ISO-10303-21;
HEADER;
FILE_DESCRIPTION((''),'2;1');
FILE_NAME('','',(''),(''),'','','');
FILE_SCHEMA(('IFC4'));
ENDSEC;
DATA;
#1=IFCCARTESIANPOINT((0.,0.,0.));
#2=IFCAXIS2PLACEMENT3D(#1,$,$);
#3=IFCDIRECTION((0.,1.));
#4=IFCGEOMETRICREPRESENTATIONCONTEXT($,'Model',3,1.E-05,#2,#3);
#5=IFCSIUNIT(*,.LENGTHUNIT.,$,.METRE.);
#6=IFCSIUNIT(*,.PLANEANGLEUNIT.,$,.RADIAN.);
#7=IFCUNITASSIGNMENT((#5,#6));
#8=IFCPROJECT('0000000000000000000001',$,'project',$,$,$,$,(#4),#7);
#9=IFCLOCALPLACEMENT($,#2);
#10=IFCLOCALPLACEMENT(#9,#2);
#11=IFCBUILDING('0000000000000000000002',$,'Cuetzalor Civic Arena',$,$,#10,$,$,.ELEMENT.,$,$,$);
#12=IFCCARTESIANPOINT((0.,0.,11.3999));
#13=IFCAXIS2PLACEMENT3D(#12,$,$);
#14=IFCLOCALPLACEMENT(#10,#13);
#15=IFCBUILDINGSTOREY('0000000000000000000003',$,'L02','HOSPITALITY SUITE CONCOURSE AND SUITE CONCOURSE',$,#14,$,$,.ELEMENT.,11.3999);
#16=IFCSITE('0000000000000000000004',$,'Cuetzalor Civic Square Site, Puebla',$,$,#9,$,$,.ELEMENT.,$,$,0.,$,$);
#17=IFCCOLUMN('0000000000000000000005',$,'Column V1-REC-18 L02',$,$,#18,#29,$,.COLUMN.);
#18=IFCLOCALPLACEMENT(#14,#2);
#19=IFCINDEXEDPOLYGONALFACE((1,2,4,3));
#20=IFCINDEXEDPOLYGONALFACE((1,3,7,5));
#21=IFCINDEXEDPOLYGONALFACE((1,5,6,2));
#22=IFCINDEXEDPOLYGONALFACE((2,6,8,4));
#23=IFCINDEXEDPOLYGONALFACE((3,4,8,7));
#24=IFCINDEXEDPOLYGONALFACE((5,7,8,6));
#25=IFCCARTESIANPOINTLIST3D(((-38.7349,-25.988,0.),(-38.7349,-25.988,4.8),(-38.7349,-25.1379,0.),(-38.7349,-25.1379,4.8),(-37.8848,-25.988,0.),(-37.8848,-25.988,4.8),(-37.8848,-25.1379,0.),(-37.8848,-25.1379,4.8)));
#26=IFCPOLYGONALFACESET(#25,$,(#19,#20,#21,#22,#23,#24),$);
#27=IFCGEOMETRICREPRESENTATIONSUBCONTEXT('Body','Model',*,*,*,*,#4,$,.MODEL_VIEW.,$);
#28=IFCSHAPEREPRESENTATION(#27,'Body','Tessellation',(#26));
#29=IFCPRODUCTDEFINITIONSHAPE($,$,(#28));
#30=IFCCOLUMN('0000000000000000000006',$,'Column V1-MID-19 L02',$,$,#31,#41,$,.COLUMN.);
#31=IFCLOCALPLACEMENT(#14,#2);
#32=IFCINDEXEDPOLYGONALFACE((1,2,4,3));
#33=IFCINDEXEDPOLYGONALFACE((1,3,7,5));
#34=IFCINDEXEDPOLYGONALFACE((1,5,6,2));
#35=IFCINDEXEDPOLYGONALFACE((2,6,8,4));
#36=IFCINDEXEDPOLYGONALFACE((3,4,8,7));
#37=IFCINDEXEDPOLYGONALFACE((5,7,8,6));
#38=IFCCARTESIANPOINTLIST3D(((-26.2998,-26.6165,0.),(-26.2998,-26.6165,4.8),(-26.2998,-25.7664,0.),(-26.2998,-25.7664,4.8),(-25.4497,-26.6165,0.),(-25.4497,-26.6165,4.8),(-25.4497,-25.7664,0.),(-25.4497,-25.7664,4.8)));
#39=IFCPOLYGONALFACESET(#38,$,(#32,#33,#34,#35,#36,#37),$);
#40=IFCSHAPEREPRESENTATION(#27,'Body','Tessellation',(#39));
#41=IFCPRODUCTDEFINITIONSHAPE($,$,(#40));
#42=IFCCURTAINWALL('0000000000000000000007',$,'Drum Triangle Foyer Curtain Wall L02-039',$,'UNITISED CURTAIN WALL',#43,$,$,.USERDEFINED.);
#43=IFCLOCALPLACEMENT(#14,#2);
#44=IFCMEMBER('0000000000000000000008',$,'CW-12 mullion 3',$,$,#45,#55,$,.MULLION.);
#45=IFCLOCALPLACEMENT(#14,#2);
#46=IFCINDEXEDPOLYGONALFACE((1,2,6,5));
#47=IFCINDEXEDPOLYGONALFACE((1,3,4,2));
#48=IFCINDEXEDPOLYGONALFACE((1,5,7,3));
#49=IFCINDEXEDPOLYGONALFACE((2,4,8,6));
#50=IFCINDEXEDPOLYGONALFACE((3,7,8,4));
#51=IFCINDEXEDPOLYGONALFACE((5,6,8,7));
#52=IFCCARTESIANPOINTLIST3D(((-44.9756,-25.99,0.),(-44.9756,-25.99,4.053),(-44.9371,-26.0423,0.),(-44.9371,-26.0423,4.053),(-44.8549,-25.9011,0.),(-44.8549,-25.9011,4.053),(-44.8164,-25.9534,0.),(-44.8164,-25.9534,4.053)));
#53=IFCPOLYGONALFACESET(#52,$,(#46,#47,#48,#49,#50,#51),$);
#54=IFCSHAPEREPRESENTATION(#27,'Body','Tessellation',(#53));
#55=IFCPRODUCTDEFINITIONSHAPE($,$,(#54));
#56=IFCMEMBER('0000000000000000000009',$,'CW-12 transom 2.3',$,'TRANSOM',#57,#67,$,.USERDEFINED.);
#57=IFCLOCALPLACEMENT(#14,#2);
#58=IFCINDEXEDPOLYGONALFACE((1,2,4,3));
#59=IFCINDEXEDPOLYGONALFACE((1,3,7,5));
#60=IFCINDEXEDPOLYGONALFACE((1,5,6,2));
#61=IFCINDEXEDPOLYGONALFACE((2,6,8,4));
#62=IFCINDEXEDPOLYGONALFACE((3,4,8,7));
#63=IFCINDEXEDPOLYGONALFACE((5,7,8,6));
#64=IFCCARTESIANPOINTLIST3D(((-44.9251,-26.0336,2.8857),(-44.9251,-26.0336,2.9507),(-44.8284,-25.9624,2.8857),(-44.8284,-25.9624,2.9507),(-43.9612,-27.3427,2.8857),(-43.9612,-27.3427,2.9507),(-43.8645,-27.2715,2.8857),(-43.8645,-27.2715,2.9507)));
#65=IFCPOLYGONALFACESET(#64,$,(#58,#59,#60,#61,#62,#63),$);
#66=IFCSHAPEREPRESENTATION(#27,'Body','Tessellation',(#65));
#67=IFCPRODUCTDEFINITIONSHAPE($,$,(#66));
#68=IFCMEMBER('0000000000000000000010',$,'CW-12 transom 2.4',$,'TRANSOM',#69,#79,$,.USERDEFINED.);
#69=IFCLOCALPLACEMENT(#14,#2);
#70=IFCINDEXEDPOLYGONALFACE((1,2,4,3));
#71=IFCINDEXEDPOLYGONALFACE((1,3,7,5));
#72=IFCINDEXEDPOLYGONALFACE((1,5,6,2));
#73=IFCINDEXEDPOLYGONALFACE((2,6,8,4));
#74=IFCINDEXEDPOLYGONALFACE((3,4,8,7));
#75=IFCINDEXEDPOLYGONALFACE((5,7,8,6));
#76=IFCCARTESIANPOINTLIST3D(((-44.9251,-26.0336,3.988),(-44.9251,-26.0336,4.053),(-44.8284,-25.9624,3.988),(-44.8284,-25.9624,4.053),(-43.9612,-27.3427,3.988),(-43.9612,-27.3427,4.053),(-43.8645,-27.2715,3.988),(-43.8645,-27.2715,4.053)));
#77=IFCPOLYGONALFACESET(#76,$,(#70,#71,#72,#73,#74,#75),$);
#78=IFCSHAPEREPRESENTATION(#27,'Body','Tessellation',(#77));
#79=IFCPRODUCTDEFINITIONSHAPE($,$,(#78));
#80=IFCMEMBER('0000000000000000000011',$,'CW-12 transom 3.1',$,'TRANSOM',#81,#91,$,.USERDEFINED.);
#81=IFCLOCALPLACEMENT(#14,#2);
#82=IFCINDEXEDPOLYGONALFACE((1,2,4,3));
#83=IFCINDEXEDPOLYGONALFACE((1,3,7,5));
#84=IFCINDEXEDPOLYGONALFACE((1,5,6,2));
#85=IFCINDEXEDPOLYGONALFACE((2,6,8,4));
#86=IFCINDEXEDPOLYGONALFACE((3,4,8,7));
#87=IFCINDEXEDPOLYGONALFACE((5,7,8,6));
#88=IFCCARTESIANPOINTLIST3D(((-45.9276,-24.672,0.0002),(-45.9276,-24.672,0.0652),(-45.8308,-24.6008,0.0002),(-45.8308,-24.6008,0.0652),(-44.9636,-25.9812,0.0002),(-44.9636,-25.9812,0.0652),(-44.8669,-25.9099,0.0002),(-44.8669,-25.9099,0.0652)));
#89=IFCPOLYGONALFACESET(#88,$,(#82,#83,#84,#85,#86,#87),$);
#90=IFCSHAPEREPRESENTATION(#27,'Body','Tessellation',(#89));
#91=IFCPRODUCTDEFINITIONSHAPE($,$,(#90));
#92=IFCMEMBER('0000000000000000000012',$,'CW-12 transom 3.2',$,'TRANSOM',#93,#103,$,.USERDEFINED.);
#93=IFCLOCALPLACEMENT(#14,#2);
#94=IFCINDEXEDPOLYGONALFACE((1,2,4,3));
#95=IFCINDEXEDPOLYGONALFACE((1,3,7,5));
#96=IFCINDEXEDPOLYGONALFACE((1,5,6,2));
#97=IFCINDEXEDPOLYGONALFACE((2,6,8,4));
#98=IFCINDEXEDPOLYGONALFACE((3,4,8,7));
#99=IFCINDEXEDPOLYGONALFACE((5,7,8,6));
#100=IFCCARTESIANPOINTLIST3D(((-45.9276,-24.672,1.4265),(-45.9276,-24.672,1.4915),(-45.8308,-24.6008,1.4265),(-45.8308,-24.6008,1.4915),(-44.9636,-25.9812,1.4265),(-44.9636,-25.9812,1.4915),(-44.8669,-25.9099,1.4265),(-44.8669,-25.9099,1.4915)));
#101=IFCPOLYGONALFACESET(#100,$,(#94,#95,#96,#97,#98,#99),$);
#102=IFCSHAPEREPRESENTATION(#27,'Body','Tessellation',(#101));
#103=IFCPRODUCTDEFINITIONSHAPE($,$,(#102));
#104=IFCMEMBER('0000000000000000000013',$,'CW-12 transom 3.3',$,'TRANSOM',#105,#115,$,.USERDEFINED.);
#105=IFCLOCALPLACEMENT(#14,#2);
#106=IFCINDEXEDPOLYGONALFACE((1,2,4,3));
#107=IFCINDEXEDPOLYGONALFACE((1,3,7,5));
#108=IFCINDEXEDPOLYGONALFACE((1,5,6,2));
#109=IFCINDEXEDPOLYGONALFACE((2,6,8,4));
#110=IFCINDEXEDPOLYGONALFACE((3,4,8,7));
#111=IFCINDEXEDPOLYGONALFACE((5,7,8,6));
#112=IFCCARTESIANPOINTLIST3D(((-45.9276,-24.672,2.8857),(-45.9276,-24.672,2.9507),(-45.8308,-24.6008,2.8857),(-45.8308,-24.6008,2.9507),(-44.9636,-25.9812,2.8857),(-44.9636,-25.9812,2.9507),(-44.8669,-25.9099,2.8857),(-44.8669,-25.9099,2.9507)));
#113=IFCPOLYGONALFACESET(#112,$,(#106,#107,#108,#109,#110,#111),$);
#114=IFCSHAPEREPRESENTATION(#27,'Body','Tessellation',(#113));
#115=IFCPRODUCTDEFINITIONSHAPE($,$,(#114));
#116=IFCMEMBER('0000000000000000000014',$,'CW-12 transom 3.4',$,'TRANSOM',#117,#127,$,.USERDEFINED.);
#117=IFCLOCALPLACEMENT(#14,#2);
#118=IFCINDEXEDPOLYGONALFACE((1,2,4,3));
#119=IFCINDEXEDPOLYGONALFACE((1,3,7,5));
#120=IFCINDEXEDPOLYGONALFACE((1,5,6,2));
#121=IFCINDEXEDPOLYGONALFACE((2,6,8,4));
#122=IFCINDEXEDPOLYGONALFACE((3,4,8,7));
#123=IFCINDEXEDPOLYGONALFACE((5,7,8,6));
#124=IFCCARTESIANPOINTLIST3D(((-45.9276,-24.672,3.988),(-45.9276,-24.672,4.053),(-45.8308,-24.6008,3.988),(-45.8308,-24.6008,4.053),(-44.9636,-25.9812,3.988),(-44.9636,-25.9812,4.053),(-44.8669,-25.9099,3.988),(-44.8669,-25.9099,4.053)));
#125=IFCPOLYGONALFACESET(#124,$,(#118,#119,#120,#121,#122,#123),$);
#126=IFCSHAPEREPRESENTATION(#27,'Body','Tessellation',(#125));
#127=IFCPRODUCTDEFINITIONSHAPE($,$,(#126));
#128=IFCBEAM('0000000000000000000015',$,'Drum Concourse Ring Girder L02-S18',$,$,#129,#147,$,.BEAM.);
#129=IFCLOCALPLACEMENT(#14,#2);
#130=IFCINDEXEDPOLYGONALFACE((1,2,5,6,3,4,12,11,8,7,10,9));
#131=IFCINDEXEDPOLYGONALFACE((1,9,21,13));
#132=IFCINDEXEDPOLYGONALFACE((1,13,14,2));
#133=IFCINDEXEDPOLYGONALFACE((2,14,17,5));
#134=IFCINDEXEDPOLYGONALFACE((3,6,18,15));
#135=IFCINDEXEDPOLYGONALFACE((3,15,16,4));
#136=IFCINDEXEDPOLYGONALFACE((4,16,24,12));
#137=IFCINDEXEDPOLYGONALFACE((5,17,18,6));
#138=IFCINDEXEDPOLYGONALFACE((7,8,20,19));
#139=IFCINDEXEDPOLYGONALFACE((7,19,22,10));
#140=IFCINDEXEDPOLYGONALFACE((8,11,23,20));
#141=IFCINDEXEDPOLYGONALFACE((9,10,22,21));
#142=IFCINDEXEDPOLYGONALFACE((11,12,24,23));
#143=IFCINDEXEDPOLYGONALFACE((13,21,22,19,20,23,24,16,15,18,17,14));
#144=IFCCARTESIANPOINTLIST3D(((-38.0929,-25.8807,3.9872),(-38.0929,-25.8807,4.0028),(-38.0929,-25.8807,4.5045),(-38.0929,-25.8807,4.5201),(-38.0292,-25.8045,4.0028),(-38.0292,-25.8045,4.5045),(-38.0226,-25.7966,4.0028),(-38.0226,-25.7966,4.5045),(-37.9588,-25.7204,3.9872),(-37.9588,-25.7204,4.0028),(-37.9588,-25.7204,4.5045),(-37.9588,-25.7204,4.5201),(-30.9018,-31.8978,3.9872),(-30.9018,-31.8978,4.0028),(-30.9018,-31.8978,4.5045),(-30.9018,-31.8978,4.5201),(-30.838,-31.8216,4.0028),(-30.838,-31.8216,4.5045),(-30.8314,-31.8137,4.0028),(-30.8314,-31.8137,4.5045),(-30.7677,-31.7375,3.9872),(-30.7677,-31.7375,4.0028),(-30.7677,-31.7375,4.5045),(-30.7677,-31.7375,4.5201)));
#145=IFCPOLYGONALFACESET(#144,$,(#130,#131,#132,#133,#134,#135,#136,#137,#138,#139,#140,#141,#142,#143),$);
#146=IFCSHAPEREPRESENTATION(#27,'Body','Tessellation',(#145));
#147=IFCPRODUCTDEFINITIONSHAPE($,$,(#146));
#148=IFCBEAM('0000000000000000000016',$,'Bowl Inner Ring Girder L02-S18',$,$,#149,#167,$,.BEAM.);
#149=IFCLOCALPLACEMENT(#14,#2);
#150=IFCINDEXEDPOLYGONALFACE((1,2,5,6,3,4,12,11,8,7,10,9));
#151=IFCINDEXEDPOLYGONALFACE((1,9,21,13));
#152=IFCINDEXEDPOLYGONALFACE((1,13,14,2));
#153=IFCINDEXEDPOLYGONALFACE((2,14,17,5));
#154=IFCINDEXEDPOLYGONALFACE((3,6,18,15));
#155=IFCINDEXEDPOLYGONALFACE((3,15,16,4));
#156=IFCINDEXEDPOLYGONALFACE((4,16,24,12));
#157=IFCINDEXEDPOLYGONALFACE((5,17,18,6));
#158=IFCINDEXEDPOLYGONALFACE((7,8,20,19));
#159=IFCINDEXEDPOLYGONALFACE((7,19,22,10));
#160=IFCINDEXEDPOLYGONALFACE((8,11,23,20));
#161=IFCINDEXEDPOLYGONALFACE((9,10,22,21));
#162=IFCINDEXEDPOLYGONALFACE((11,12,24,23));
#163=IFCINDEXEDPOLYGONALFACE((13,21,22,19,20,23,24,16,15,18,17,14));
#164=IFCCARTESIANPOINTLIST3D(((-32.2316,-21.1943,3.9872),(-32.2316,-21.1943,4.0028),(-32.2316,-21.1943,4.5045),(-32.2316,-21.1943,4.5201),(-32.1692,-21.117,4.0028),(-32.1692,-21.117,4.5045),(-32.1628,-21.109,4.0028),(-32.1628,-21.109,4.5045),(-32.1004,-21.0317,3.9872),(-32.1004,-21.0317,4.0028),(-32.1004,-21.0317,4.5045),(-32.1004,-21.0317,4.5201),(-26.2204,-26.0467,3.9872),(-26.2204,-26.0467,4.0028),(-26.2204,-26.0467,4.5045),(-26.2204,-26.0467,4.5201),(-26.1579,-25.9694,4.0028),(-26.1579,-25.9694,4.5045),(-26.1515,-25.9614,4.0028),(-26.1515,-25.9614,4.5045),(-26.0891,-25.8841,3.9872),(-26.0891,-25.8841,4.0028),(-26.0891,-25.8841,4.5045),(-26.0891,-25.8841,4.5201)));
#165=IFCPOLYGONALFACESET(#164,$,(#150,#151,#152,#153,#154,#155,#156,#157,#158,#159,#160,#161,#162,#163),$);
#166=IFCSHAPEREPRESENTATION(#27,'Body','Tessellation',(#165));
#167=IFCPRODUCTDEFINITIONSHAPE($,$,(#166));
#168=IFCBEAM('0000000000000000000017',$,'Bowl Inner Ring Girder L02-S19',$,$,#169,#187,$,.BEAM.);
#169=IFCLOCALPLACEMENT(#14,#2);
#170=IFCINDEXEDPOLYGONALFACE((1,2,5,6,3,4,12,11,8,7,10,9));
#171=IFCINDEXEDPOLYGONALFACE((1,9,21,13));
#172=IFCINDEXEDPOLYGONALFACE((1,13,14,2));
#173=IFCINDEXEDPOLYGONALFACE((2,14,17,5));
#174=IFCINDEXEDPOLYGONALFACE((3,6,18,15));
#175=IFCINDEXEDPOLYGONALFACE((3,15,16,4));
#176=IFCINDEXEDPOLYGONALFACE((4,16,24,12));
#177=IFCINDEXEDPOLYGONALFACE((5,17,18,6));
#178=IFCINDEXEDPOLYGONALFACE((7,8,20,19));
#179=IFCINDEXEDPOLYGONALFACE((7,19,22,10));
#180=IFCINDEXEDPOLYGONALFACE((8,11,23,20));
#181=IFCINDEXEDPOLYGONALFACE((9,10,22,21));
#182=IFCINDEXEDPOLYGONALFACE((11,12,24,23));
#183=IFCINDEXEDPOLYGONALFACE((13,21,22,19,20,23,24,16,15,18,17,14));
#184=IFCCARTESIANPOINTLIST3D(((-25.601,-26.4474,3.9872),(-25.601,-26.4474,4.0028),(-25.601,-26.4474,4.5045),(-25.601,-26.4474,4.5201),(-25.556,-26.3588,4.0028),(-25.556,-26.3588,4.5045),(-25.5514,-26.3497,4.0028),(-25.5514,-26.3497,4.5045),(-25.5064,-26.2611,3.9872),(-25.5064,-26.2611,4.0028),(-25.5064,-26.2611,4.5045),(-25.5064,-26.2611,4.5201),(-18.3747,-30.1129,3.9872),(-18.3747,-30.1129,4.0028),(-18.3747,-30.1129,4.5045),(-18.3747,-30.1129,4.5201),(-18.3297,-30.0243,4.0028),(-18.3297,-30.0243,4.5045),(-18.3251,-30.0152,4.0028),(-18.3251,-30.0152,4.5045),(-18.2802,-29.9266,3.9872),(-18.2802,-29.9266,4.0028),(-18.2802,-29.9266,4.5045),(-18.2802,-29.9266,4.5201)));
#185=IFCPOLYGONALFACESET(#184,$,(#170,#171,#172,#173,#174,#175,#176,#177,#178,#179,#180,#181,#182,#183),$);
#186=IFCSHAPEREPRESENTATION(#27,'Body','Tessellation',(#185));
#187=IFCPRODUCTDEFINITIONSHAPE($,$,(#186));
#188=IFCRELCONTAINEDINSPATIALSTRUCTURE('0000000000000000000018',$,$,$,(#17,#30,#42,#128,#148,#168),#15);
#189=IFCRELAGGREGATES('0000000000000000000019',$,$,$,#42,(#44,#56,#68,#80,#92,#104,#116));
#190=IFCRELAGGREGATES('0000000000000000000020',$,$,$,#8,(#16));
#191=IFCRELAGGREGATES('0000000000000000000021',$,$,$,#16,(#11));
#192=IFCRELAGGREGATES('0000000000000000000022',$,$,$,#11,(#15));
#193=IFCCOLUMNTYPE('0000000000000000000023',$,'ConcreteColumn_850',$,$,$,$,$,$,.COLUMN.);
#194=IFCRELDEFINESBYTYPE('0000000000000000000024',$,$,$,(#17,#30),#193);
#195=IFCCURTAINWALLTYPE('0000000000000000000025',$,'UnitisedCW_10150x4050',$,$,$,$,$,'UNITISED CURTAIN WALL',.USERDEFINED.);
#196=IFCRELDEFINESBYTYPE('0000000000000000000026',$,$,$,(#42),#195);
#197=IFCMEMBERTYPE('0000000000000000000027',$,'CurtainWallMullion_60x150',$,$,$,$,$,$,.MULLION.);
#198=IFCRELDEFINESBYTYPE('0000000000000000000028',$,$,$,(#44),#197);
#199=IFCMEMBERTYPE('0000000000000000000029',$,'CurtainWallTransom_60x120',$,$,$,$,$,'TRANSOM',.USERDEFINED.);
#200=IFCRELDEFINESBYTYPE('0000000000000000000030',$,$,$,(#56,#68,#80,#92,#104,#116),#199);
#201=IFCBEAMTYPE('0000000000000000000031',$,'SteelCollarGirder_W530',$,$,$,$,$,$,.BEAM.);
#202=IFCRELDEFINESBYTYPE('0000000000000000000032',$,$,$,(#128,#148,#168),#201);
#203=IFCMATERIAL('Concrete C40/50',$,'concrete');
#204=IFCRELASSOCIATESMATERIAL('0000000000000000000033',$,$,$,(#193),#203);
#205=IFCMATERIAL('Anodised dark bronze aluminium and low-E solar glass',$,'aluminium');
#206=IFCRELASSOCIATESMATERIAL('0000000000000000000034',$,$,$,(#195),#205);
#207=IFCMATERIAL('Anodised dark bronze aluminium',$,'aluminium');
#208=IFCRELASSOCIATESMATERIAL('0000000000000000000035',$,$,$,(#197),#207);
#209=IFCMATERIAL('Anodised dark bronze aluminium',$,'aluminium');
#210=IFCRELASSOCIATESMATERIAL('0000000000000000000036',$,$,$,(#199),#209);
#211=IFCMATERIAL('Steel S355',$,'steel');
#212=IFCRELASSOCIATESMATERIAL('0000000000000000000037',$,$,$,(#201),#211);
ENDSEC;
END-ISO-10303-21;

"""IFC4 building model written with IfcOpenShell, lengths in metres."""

from ifc_helpers import new_model, si_unit, direction, frame, origin, origin_2d, place, context, subcontext, project, spatial, rectangle, i_section, extrude, material, material_profile, profile_set, type_object, element, aggregate, save


model = new_model("IFC4")

# Units and contexts
model_context = context("Model", 3, precision=1e-05, world=origin(), true_north=direction((0.0, 1.0)))
body_context = subcontext(model_context, "Body", "Model", "MODEL_VIEW")
ifc_project = project(units=[si_unit("LENGTHUNIT", "METRE"), si_unit("PLANEANGLEUNIT", "RADIAN")], contexts=[model_context])

# Site, building, storey
site_placement = place(None, origin())
site = spatial("IfcSite", under=ifc_project, at=site_placement, Name="Cuetzalor Civic Square Site, Puebla", CompositionType="ELEMENT", RefElevation=0.0)
building_placement = place(site_placement, origin())
building = spatial("IfcBuilding", under=site, at=building_placement, Name="Cuetzalor Civic Arena", CompositionType="ELEMENT")
storey_placement = place(building_placement, frame((0.0, 0.0, 11.3999)))
storey = spatial("IfcBuildingStorey", under=building, at=storey_placement, Name="L02", Description="HOSPITALITY SUITE CONCOURSE AND SUITE CONCOURSE", CompositionType="ELEMENT", Elevation=11.3999)

# Columns
ifc_material_1 = material(Name="Concrete C40/50", Category="concrete")
ifc_material_profile_1 = material_profile(ifc_material_1, rectangle(XDim=0.8501, YDim=0.8501, at=origin_2d()), Name="RC 850x850")
ifc_profile_set_1 = profile_set([ifc_material_profile_1], Name="Concrete C40/50")
column_type = type_object("IfcColumnType", Name="ConcreteColumn_850", PredefinedType="COLUMN", material=ifc_profile_set_1)
for number, where, z_axis, x_axis, name in (
    (1, (-38.3098, -25.563, 0.0), (0.0, 0.0, 1.0), (1.0, 0.0, 0.0), "Column V1-REC-18 L02"),
    (2, (-25.8748, -26.1914, 0.0), (0.0, 0.0, 1.0), (1.0, 0.0, 0.0), "Column V1-MID-19 L02"),
):
    element("IfcColumn", number, at=place(storey_placement, frame(where, z_axis=z_axis, x_axis=x_axis)), inside=storey, type_object=column_type, Name=name, PredefinedType="COLUMN", context=body_context, shape_type="SweptSolid", body=[
        extrude(rectangle(XDim=0.8501, YDim=0.8501, at=origin_2d()), origin(), (0.0, 0.0, 1.0), 4.8),
    ])

# Curtain wall, members
ifc_material_2 = material(Name="Anodised dark bronze aluminium and low-E solar glass", Category="aluminium")
curtain_wall_type = type_object("IfcCurtainWallType", Name="UnitisedCW_10150x4050", ElementType="UNITISED CURTAIN WALL", PredefinedType="USERDEFINED", material=ifc_material_2)
curtain_wall_placement = place(storey_placement, origin())
curtain_wall = element("IfcCurtainWall", 3, at=curtain_wall_placement, inside=storey, type_object=curtain_wall_type, Name="Drum Triangle Foyer Curtain Wall L02-039", ObjectType="UNITISED CURTAIN WALL", PredefinedType="USERDEFINED")
ifc_material_3 = material(Name="Anodised dark bronze aluminium", Category="aluminium")
ifc_material_profile_2 = material_profile(ifc_material_3, rectangle(XDim=0.0649, YDim=0.1499, at=origin_2d()), Name="ALU MULLION 65x150")
ifc_profile_set_2 = profile_set([ifc_material_profile_2], Name="Anodised dark bronze aluminium")
member_type_1 = type_object("IfcMemberType", Name="CurtainWallMullion_60x150", PredefinedType="MULLION", material=ifc_profile_set_2)
member_1_placement = place(storey_placement, frame((-44.896, -25.9717, 0.0), z_axis=(0.0, 0.0, 1.0), x_axis=(-0.592929, 0.805255, 0.0)))
member_1 = element("IfcMember", 4, at=member_1_placement, type_object=member_type_1, Name="CW-12 mullion 3", PredefinedType="MULLION", context=body_context, shape_type="SweptSolid", body=[
    extrude(rectangle(XDim=0.0649, YDim=0.1499, at=origin_2d()), origin(), (0.0, 0.0, 1.0), 4.053),
])
ifc_material_4 = material(Name="Anodised dark bronze aluminium", Category="aluminium")
ifc_material_profile_3 = material_profile(ifc_material_4, rectangle(XDim=0.1201, YDim=0.0649, at=origin_2d()), Name="ALU TRANSOM 65x120")
ifc_profile_set_3 = profile_set([ifc_material_profile_3], Name="Anodised dark bronze aluminium")
member_type_2 = type_object("IfcMemberType", Name="CurtainWallTransom_60x120", ElementType="TRANSOM", PredefinedType="USERDEFINED", material=ifc_profile_set_3)
member_2_placement = place(storey_placement, frame((-43.9128, -27.3071, 2.9182), z_axis=(-0.592912, 0.805267, 0.0), x_axis=(-0.805267, -0.592912, 0.0)))
member_2 = element("IfcMember", 5, at=member_2_placement, type_object=member_type_2, Name="CW-12 transom 2.3", ObjectType="TRANSOM", PredefinedType="USERDEFINED", context=body_context, shape_type="SweptSolid", body=[
    extrude(rectangle(XDim=0.1201, YDim=0.0649, at=origin_2d()), origin(), (0.0, 0.0, 1.0), 1.6257),
])
member_3_placement = place(storey_placement, frame((-43.9128, -27.3071, 4.0205), z_axis=(-0.592912, 0.805267, 0.0), x_axis=(-0.805267, -0.592912, 0.0)))
member_3 = element("IfcMember", 6, at=member_3_placement, type_object=member_type_2, Name="CW-12 transom 2.4", ObjectType="TRANSOM", PredefinedType="USERDEFINED", context=body_context, shape_type="SweptSolid", body=[
    extrude(rectangle(XDim=0.1201, YDim=0.0649, at=origin_2d()), origin(), (0.0, 0.0, 1.0), 1.6257),
])
member_4_placement = place(storey_placement, frame((-44.9153, -25.9456, 0.0327), z_axis=(-0.592912, 0.805267, 0.0), x_axis=(-0.805267, -0.592912, 0.0)))
member_4 = element("IfcMember", 7, at=member_4_placement, type_object=member_type_2, Name="CW-12 transom 3.1", ObjectType="TRANSOM", PredefinedType="USERDEFINED", context=body_context, shape_type="SweptSolid", body=[
    extrude(rectangle(XDim=0.1201, YDim=0.0649, at=origin_2d()), origin(), (0.0, 0.0, 1.0), 1.6257),
])
member_5_placement = place(storey_placement, frame((-44.9153, -25.9456, 1.459), z_axis=(-0.592912, 0.805267, 0.0), x_axis=(-0.805267, -0.592912, 0.0)))
member_5 = element("IfcMember", 8, at=member_5_placement, type_object=member_type_2, Name="CW-12 transom 3.2", ObjectType="TRANSOM", PredefinedType="USERDEFINED", context=body_context, shape_type="SweptSolid", body=[
    extrude(rectangle(XDim=0.1201, YDim=0.0649, at=origin_2d()), origin(), (0.0, 0.0, 1.0), 1.6257),
])
member_6_placement = place(storey_placement, frame((-44.9153, -25.9456, 2.9182), z_axis=(-0.592912, 0.805267, 0.0), x_axis=(-0.805267, -0.592912, 0.0)))
member_6 = element("IfcMember", 9, at=member_6_placement, type_object=member_type_2, Name="CW-12 transom 3.3", ObjectType="TRANSOM", PredefinedType="USERDEFINED", context=body_context, shape_type="SweptSolid", body=[
    extrude(rectangle(XDim=0.1201, YDim=0.0649, at=origin_2d()), origin(), (0.0, 0.0, 1.0), 1.6257),
])
member_7_placement = place(storey_placement, frame((-44.9153, -25.9456, 4.0205), z_axis=(-0.592912, 0.805267, 0.0), x_axis=(-0.805267, -0.592912, 0.0)))
member_7 = element("IfcMember", 10, at=member_7_placement, type_object=member_type_2, Name="CW-12 transom 3.4", ObjectType="TRANSOM", PredefinedType="USERDEFINED", context=body_context, shape_type="SweptSolid", body=[
    extrude(rectangle(XDim=0.1201, YDim=0.0649, at=origin_2d()), origin(), (0.0, 0.0, 1.0), 1.6257),
])

# Beams
ifc_material_5 = material(Name="Steel S355", Category="steel")
ifc_material_profile_4 = material_profile(ifc_material_5, i_section(OverallWidth=0.209, OverallDepth=0.533, WebThickness=0.0103, FlangeThickness=0.0156, at=origin_2d()), Name="W530x92")
ifc_profile_set_4 = profile_set([ifc_material_profile_4], Name="Steel S355")
beam_type_1 = type_object("IfcBeamType", Name="SteelCollarGirder_W530", PredefinedType="BEAM", material=ifc_profile_set_4)
beam_1_placement = place(storey_placement, frame((-38.0259, -25.8005, 4.2537), z_axis=(0.766937, -0.641722, 0.0), x_axis=(0.641722, 0.766937, 0.0)))
element("IfcBeam", 11, at=beam_1_placement, inside=storey, type_object=beam_type_1, Name="Drum Concourse Ring Girder L02-S18", PredefinedType="BEAM", context=body_context, shape_type="SweptSolid", body=[
    extrude(i_section(OverallWidth=0.209, OverallDepth=0.533, WebThickness=0.0103, FlangeThickness=0.0156, at=origin_2d()), origin(), (0.0, 0.0, 1.0), 9.3765),
])
beam_2_placement = place(storey_placement, frame((-32.166, -21.113, 4.2537), z_axis=(0.778127, -0.628108, 0.0), x_axis=(0.628108, 0.778127, 0.0)))
element("IfcBeam", 12, at=beam_2_placement, inside=storey, type_object=beam_type_1, Name="Bowl Inner Ring Girder L02-S18", PredefinedType="BEAM", context=body_context, shape_type="SweptSolid", body=[
    extrude(i_section(OverallWidth=0.209, OverallDepth=0.533, WebThickness=0.0103, FlangeThickness=0.0156, at=origin_2d()), origin(), (0.0, 0.0, 1.0), 7.7253),
])
beam_3_placement = place(storey_placement, frame((-25.5537, -26.3542, 4.2537), z_axis=(0.891827, -0.452376, 0.0), x_axis=(0.452376, 0.891827, 0.0)))
element("IfcBeam", 13, at=beam_3_placement, inside=storey, type_object=beam_type_1, Name="Bowl Inner Ring Girder L02-S19", PredefinedType="BEAM", context=body_context, shape_type="SweptSolid", body=[
    extrude(i_section(OverallWidth=0.209, OverallDepth=0.533, WebThickness=0.0103, FlangeThickness=0.0156, at=origin_2d()), origin(), (0.0, 0.0, 1.0), 8.1028),
])

aggregate(curtain_wall, [member_1, member_2, member_3, member_4, member_5, member_6, member_7])

save(model, "model.ifc")
